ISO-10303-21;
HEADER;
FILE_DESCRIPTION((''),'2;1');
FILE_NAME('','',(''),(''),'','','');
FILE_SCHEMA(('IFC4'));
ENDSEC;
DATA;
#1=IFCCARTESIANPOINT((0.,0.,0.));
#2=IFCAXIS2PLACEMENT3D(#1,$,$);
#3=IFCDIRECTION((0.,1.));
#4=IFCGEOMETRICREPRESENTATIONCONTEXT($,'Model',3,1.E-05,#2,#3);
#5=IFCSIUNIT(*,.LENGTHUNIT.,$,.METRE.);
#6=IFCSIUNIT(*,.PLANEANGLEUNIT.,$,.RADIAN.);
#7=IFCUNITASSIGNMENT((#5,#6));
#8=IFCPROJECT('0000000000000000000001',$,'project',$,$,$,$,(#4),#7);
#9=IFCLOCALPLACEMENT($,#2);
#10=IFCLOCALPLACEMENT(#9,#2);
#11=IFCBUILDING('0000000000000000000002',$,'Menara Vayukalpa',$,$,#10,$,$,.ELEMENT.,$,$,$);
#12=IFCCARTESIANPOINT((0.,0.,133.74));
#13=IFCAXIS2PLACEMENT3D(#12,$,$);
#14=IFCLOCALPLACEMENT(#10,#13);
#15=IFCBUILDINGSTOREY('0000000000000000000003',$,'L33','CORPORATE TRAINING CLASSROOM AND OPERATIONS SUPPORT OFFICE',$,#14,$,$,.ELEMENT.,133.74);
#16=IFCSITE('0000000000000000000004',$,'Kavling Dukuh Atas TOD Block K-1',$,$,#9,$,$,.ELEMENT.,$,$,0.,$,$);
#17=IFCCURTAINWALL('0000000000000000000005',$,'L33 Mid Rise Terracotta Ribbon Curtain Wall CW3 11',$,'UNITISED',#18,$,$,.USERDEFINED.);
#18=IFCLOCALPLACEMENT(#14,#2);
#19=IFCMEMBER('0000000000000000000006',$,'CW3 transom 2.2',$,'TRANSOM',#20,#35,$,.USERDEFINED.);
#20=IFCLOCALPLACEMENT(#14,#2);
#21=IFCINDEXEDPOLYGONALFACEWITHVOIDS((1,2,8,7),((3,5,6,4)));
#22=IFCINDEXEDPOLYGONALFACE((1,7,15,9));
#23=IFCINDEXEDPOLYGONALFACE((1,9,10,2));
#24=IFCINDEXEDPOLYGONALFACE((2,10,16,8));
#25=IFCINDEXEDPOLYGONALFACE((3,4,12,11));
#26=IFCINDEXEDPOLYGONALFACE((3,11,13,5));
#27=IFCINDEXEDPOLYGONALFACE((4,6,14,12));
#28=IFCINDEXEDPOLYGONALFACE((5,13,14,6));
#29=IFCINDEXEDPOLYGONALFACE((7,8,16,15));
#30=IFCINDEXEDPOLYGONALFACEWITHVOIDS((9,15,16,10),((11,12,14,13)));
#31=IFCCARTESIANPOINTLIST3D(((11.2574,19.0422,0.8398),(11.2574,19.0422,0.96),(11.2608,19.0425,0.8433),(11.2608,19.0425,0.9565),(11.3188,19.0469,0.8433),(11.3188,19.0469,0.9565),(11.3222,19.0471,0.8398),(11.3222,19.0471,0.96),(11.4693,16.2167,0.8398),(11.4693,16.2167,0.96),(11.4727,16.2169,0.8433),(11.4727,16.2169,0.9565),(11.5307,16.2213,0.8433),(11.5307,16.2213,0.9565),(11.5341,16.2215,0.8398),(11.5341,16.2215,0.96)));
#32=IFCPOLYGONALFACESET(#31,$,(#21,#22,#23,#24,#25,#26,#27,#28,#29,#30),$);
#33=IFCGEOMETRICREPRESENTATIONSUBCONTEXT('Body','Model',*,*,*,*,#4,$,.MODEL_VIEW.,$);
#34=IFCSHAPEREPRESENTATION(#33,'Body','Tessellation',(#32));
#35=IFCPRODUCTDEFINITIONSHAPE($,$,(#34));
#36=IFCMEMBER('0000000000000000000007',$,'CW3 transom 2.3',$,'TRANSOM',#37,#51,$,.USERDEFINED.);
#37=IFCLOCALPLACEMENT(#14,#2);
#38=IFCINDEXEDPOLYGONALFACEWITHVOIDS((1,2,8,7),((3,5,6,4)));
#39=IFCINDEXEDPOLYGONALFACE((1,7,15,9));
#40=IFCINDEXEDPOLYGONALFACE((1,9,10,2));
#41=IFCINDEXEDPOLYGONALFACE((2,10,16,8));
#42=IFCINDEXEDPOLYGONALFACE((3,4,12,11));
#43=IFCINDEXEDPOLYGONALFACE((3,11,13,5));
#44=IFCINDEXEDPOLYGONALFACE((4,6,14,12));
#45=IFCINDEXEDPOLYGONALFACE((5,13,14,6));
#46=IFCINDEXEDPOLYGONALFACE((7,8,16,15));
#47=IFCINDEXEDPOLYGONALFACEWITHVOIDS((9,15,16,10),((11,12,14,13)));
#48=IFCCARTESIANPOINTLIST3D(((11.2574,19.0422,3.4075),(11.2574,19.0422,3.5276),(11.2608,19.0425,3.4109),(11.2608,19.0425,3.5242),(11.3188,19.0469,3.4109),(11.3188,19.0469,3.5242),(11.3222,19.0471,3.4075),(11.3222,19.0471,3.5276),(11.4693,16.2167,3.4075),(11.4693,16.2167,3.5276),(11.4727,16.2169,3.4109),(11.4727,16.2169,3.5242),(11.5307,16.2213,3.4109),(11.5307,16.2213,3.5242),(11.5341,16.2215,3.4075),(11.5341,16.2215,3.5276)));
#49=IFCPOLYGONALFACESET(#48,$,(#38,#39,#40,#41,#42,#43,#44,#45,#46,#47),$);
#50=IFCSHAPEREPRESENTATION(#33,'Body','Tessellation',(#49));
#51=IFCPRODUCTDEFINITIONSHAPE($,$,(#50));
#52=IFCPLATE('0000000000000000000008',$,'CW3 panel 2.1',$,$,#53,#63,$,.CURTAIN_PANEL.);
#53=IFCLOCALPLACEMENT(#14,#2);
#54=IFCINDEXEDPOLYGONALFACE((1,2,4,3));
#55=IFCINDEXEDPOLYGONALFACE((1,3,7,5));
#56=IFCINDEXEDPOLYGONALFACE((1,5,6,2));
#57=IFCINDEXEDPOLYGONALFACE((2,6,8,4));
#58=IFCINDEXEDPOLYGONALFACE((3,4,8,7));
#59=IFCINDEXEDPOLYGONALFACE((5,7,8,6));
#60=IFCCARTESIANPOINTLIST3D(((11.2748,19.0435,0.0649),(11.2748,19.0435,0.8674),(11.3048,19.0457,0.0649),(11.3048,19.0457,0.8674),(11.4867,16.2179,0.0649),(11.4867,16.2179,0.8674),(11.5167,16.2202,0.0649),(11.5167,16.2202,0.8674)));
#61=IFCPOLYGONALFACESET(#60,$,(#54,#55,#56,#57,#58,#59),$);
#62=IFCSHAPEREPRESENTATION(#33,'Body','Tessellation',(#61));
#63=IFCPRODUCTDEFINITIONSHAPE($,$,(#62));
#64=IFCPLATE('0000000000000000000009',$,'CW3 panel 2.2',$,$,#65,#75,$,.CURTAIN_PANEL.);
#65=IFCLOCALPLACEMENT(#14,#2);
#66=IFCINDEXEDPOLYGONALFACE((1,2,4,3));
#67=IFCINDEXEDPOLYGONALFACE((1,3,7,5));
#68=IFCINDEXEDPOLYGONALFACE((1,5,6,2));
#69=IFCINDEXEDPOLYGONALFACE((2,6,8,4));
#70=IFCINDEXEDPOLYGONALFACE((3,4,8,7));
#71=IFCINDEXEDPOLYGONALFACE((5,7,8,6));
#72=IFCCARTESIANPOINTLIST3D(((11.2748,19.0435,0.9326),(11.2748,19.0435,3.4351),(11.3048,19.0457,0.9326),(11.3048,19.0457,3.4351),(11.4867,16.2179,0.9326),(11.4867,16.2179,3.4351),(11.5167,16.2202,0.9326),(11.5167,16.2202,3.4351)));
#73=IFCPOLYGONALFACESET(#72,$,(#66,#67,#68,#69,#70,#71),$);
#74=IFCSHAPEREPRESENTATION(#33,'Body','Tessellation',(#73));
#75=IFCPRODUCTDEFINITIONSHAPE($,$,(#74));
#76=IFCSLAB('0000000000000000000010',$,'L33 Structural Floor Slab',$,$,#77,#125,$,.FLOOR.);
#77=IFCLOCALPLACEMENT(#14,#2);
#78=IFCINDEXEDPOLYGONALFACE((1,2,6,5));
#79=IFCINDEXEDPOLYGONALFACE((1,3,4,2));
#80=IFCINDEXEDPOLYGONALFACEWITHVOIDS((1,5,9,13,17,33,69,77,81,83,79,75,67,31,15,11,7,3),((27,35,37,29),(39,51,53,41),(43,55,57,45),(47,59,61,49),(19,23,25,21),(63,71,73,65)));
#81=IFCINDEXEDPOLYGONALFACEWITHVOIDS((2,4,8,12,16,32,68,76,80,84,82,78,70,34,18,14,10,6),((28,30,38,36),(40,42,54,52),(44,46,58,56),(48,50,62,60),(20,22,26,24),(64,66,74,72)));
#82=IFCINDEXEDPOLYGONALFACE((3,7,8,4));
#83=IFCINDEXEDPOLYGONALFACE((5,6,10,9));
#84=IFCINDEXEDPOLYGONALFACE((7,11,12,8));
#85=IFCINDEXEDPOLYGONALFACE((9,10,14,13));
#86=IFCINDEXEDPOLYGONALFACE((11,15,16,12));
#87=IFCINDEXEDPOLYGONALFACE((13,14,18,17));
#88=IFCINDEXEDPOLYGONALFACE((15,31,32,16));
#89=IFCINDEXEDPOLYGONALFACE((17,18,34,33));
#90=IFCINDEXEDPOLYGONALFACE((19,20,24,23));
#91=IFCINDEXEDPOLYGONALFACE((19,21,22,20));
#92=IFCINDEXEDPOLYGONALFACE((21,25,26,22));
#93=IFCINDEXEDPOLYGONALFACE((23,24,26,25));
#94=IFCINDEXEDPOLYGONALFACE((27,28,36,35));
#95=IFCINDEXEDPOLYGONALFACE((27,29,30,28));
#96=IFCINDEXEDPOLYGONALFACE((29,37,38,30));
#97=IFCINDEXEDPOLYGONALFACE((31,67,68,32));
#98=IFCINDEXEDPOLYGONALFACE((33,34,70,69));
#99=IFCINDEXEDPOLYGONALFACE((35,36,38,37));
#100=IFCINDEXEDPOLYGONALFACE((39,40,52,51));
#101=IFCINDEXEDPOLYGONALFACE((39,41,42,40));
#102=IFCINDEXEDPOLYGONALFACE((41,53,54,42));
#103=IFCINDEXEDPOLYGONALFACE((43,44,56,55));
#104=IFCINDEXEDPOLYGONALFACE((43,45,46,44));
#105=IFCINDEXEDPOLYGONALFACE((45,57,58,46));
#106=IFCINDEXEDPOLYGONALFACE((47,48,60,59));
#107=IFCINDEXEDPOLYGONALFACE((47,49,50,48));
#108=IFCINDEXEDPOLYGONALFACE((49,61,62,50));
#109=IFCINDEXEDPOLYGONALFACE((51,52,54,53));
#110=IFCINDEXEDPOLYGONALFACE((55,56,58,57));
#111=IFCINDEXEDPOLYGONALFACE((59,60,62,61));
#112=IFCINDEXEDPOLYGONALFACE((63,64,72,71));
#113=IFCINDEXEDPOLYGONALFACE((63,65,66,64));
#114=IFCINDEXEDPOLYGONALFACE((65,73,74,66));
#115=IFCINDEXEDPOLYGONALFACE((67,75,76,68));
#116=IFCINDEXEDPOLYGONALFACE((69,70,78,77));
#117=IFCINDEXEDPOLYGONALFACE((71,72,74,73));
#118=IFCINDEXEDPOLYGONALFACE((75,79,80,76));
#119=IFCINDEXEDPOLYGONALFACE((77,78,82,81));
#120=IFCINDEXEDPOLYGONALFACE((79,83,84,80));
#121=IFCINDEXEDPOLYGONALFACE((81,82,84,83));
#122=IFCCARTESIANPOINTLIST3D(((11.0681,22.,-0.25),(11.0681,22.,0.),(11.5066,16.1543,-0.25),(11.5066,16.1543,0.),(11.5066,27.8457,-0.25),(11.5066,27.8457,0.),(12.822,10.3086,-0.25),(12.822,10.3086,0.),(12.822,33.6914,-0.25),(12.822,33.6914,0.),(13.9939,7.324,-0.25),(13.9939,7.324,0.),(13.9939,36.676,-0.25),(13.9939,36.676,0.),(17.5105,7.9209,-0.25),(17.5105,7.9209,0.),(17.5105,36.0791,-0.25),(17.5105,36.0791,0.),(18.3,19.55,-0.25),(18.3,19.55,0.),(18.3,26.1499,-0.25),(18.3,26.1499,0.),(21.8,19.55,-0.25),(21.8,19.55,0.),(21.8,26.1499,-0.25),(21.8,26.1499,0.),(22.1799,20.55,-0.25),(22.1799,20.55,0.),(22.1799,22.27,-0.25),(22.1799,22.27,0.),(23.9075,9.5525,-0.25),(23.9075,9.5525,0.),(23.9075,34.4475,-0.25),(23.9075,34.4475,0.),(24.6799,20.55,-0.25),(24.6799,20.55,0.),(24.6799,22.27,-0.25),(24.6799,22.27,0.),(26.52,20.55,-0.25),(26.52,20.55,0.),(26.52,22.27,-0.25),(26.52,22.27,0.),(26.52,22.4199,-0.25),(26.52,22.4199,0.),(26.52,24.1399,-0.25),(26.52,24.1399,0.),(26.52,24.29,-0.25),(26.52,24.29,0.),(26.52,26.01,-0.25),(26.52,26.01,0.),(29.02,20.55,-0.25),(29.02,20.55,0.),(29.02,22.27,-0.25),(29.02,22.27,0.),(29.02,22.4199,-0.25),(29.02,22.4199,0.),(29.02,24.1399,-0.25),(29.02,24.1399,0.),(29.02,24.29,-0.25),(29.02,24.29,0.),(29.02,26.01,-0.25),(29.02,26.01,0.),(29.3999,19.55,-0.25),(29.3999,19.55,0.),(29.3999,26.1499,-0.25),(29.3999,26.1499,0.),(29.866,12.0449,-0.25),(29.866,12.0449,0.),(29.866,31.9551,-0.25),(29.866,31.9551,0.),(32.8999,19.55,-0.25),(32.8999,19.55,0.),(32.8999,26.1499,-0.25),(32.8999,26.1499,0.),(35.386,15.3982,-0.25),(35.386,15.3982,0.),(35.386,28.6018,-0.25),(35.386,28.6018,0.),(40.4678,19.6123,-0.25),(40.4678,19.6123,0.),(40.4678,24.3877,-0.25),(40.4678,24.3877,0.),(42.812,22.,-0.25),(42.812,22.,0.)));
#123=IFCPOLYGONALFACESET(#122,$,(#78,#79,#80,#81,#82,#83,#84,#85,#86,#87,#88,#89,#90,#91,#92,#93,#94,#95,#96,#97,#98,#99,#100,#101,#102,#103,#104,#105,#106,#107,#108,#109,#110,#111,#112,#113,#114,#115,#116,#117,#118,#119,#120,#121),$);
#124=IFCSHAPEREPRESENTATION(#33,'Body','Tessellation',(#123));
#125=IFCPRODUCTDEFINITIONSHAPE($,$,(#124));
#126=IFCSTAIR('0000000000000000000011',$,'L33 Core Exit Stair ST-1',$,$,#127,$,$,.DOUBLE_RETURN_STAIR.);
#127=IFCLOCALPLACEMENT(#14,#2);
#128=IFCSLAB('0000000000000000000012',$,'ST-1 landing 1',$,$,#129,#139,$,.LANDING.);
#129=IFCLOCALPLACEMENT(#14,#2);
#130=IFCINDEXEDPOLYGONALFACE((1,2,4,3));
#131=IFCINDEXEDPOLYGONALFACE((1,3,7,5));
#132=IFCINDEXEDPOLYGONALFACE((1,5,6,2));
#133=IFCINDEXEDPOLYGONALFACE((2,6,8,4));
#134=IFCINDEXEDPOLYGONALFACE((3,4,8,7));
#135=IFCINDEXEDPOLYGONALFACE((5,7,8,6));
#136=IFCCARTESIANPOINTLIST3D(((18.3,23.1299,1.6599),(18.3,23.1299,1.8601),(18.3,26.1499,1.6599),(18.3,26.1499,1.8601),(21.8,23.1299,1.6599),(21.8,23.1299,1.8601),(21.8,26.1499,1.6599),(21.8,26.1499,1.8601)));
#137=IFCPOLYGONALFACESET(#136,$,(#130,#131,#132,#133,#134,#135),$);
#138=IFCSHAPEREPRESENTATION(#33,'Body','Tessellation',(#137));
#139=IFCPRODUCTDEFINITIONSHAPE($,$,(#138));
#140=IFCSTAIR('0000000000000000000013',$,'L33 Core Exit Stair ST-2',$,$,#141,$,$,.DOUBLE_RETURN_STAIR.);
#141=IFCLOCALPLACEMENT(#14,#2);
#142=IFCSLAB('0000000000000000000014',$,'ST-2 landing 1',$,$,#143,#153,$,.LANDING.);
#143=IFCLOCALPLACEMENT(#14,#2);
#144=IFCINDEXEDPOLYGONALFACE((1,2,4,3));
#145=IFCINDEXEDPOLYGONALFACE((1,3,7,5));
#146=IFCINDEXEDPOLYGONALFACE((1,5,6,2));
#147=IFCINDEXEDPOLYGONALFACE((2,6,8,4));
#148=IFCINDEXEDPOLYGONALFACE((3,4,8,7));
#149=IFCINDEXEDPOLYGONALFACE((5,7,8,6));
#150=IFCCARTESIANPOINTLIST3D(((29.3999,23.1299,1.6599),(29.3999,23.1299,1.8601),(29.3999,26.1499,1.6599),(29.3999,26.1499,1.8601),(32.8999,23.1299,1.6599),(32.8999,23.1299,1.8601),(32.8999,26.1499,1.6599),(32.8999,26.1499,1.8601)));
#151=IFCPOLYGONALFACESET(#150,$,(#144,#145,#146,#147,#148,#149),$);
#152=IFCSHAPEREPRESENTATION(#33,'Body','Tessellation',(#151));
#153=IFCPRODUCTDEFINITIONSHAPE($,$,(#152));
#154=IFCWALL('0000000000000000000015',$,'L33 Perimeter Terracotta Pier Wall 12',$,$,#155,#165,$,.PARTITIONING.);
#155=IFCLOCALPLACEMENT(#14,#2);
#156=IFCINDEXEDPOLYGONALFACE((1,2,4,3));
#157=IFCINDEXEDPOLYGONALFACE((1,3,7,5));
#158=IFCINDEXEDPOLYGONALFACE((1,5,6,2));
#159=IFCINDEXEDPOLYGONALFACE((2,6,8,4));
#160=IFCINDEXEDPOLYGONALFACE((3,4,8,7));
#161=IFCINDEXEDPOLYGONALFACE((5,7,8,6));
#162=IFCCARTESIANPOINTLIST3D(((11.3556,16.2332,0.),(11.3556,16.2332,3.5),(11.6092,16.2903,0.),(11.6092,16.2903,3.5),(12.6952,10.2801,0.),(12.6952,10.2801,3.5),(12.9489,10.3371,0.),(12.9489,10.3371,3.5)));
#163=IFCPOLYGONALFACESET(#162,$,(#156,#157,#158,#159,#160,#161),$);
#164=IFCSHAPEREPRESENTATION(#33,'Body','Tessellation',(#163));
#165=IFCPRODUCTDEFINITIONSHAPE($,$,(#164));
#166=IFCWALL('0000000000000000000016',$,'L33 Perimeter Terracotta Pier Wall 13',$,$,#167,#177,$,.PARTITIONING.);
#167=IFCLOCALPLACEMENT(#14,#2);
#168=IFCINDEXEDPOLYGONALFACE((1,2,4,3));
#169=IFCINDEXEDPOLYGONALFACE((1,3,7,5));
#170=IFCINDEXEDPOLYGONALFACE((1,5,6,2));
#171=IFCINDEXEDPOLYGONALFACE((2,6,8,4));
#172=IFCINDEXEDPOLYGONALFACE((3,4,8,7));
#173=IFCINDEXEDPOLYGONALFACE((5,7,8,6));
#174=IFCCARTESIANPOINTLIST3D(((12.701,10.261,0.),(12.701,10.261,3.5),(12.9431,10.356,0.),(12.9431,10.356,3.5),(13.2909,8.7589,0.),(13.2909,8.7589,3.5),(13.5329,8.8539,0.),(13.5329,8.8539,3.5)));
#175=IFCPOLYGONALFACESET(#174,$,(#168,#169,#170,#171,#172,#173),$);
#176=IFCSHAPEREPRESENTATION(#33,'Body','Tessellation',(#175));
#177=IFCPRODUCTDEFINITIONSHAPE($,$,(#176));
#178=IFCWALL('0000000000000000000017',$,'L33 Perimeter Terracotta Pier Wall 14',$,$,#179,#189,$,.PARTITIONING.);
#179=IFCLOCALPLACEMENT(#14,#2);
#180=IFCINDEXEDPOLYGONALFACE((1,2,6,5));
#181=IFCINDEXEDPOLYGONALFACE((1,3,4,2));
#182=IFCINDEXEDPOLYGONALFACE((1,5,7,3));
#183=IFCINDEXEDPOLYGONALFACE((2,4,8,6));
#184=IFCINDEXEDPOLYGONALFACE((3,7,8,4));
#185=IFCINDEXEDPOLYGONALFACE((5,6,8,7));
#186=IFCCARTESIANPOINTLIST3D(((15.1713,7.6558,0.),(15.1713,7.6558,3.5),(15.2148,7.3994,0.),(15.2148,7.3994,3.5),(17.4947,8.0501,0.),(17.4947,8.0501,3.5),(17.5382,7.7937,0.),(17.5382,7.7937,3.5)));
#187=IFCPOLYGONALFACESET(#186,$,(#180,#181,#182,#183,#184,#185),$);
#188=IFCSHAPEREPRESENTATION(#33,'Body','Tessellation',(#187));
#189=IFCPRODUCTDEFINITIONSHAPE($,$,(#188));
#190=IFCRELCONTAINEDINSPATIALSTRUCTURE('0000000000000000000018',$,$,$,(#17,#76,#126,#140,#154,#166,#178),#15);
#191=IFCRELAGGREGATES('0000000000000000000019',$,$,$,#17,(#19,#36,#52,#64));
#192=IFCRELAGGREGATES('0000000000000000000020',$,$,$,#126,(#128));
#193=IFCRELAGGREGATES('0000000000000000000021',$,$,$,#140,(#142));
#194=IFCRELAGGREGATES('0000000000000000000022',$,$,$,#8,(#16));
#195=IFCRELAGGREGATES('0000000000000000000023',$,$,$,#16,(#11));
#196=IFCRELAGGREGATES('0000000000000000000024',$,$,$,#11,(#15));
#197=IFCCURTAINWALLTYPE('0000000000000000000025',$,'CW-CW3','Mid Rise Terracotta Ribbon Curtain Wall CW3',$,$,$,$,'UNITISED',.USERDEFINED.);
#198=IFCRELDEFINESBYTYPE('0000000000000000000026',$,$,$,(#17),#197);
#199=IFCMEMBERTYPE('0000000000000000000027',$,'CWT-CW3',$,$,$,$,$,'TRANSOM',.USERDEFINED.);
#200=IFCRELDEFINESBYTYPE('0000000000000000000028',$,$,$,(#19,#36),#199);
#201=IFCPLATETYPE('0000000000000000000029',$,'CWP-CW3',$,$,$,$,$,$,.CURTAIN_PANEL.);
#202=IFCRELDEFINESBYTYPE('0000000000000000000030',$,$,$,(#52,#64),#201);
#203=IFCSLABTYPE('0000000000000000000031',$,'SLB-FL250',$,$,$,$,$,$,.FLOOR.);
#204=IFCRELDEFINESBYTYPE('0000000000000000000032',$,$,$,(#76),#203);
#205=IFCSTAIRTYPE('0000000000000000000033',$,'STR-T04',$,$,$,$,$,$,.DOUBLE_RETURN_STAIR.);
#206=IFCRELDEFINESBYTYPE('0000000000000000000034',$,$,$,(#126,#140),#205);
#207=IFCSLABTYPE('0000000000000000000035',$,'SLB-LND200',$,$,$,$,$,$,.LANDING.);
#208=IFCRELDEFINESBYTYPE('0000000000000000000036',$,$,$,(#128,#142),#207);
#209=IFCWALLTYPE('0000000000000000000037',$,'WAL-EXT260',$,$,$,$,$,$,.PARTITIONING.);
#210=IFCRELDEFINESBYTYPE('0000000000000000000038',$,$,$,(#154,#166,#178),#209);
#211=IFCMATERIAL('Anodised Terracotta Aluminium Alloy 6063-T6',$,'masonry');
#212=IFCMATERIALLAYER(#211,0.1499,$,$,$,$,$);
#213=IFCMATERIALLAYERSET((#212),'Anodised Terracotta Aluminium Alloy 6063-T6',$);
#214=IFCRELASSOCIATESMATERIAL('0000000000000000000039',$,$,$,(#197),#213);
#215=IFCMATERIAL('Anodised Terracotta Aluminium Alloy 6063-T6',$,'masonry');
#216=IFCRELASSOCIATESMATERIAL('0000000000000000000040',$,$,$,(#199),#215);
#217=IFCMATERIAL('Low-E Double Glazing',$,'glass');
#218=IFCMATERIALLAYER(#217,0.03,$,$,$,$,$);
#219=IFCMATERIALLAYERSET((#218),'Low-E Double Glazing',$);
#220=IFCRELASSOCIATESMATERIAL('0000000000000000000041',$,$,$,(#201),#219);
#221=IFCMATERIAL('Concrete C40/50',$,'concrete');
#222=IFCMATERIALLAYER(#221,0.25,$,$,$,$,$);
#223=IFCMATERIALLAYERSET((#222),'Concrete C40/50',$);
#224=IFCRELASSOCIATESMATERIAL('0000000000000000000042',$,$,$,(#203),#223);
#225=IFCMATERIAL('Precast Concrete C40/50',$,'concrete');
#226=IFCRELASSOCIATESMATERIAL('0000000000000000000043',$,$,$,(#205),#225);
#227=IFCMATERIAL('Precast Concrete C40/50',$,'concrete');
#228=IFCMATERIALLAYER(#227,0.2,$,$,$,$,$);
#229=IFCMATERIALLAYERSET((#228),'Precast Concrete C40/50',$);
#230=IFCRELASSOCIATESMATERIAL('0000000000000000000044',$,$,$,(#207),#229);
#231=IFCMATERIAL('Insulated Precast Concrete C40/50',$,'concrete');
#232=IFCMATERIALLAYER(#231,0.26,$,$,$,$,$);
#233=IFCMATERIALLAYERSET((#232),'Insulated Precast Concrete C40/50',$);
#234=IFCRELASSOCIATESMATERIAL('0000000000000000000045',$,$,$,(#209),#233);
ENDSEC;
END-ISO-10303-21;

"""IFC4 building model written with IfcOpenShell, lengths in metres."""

from ifc_helpers import new_model, si_unit, direction, frame, frame_2d, origin, origin_2d, place, context, subcontext, project, spatial, polyline, rectangle, hollow_rectangle, outline, extrude, material, layer, layer_set, material_profile, profile_set, type_object, element, aggregate, save


model = new_model("IFC4")

# Units and contexts
model_context = context("Model", 3, precision=1e-05, world=origin(), true_north=direction((0.0, 1.0)))
body_context = subcontext(model_context, "Body", "Model", "MODEL_VIEW")
ifc_project = project(units=[si_unit("LENGTHUNIT", "METRE"), si_unit("PLANEANGLEUNIT", "RADIAN")], contexts=[model_context])

# Site, building, storey
site_placement = place(None, origin())
site = spatial("IfcSite", under=ifc_project, at=site_placement, Name="Kavling Dukuh Atas TOD Block K-1", CompositionType="ELEMENT", RefElevation=0.0)
building_placement = place(site_placement, origin())
building = spatial("IfcBuilding", under=site, at=building_placement, Name="Menara Vayukalpa", CompositionType="ELEMENT")
storey_placement = place(building_placement, frame((0.0, 0.0, 133.74)))
storey = spatial("IfcBuildingStorey", under=building, at=storey_placement, Name="L33", Description="CORPORATE TRAINING CLASSROOM AND OPERATIONS SUPPORT OFFICE", CompositionType="ELEMENT", Elevation=133.74)

# Curtain wall, members, plates
ifc_material_1 = material(Name="Anodised Terracotta Aluminium Alloy 6063-T6", Category="masonry")
ifc_layer_1 = layer(ifc_material_1, 0.1499)
ifc_layer_set_1 = layer_set([ifc_layer_1], Name="Anodised Terracotta Aluminium Alloy 6063-T6")
curtain_wall_type = type_object("IfcCurtainWallType", Name="CW-CW3", Description="Mid Rise Terracotta Ribbon Curtain Wall CW3", ElementType="UNITISED", PredefinedType="USERDEFINED", material=ifc_layer_set_1)
curtain_wall_placement = place(storey_placement, origin())
curtain_wall = element("IfcCurtainWall", 1, at=curtain_wall_placement, inside=storey, type_object=curtain_wall_type, Name="L33 Mid Rise Terracotta Ribbon Curtain Wall CW3 11", ObjectType="UNITISED", PredefinedType="USERDEFINED")
ifc_material_2 = material(Name="Anodised Terracotta Aluminium Alloy 6063-T6", Category="masonry")
ifc_material_profile_1 = material_profile(ifc_material_2, hollow_rectangle(XDim=0.0649, YDim=0.1201, WallThickness=0.0034, at=origin_2d()), Name="ALU 65x120x3.5")
ifc_profile_set_1 = profile_set([ifc_material_profile_1], Name="Anodised Terracotta Aluminium Alloy 6063-T6")
member_type_1 = type_object("IfcMemberType", Name="CWT-CW3", ElementType="TRANSOM", PredefinedType="USERDEFINED", material=ifc_profile_set_1)
member_1_placement = place(storey_placement, frame((11.2898, 19.0447, 0.8999), z_axis=(0.074792, -0.997199, 0.0), x_axis=(0.997199, 0.074792, 0.0)))
member_1 = element("IfcMember", 2, at=member_1_placement, type_object=member_type_1, Name="CW3 transom 2.2", ObjectType="TRANSOM", PredefinedType="USERDEFINED", context=body_context, shape_type="SweptSolid", body=[
    extrude(hollow_rectangle(XDim=0.0649, YDim=0.1201, WallThickness=0.0034, at=origin_2d()), origin(), (0.0, 0.0, 1.0), 2.8335),
])
member_2_placement = place(storey_placement, frame((11.2898, 19.0447, 3.4675), z_axis=(0.074792, -0.997199, 0.0), x_axis=(0.997199, 0.074792, 0.0)))
member_2 = element("IfcMember", 3, at=member_2_placement, type_object=member_type_1, Name="CW3 transom 2.3", ObjectType="TRANSOM", PredefinedType="USERDEFINED", context=body_context, shape_type="SweptSolid", body=[
    extrude(hollow_rectangle(XDim=0.0649, YDim=0.1201, WallThickness=0.0034, at=origin_2d()), origin(), (0.0, 0.0, 1.0), 2.8335),
])
ifc_material_3 = material(Name="Low-E Double Glazing", Category="glass")
ifc_layer_2 = layer(ifc_material_3, 0.03)
ifc_layer_set_2 = layer_set([ifc_layer_2], Name="Low-E Double Glazing")
plate_type = type_object("IfcPlateType", Name="CWP-CW3", PredefinedType="CURTAIN_PANEL", material=ifc_layer_set_2)
plate_1_placement = place(storey_placement, frame((11.3958, 17.6318, 0.0649), z_axis=(0.0, 0.0, 1.0), x_axis=(0.074785, -0.9972, 0.0)))
plate_1 = element("IfcPlate", 4, at=plate_1_placement, type_object=plate_type, Name="CW3 panel 2.1", PredefinedType="CURTAIN_PANEL", context=body_context, shape_type="SweptSolid", body=[
    extrude(rectangle(XDim=2.8335, YDim=0.03, at=origin_2d()), origin(), (0.0, 0.0, 1.0), 0.8025),
])
plate_2_placement = place(storey_placement, frame((11.3958, 17.6318, 0.9326), z_axis=(0.0, 0.0, 1.0), x_axis=(0.074785, -0.9972, 0.0)))
plate_2 = element("IfcPlate", 5, at=plate_2_placement, type_object=plate_type, Name="CW3 panel 2.2", PredefinedType="CURTAIN_PANEL", context=body_context, shape_type="SweptSolid", body=[
    extrude(rectangle(XDim=2.8335, YDim=0.03, at=origin_2d()), origin(), (0.0, 0.0, 1.0), 2.5024),
])
aggregate(curtain_wall, [member_1, member_2, plate_1, plate_2])

# Slab
ifc_material_4 = material(Name="Concrete C40/50", Category="concrete")
ifc_layer_3 = layer(ifc_material_4, 0.25)
ifc_layer_set_3 = layer_set([ifc_layer_3], Name="Concrete C40/50")
slab_type_1 = type_object("IfcSlabType", Name="SLB-FL250", PredefinedType="FLOOR", material=ifc_layer_set_3)
slab_1_placement = place(storey_placement, frame((0.0, 0.0, -0.25)))
element("IfcSlab", 6, at=slab_1_placement, inside=storey, type_object=slab_type_1, Name="L33 Structural Floor Slab", PredefinedType="FLOOR", context=body_context, shape_type="SweptSolid", body=[
    extrude(outline(polyline([(40.4678, 19.6123), (42.812, 22.0), (40.4678, 24.3877), (35.386, 28.6018), (29.866, 31.9551), (23.9075, 34.4475), (17.5105, 36.0791), (13.9939, 36.676), (12.822, 33.6914), (11.5066, 27.8457), (11.0681, 22.0), (11.5066, 16.1543), (12.822, 10.3086), (13.9939, 7.324), (17.5105, 7.9209), (23.9075, 9.5525), (29.866, 12.0449), (35.386, 15.3982), (40.4678, 19.6123)]), holes=[polyline([(21.8, 19.55), (21.8, 26.1499), (18.3, 26.1499), (18.3, 19.55), (21.8, 19.55)]), polyline([(32.8999, 19.55), (32.8999, 26.1499), (29.3999, 26.1499), (29.3999, 19.55), (32.8999, 19.55)]), polyline([(22.1799, 20.55), (24.6799, 20.55), (24.6799, 22.27), (22.1799, 22.27), (22.1799, 20.55)]), polyline([(26.52, 20.55), (29.02, 20.55), (29.02, 22.27), (26.52, 22.27), (26.52, 20.55)]), polyline([(26.52, 24.29), (29.02, 24.29), (29.02, 26.01), (26.52, 26.01), (26.52, 24.29)]), polyline([(26.52, 22.4199), (29.02, 22.4199), (29.02, 24.1399), (26.52, 24.1399), (26.52, 22.4199)])]), origin(), (0.0, 0.0, 1.0), 0.25),
])

# Stairs, slabs
ifc_material_5 = material(Name="Precast Concrete C40/50", Category="concrete")
stair_type = type_object("IfcStairType", Name="STR-T04", PredefinedType="DOUBLE_RETURN_STAIR", material=ifc_material_5)
stair_1_placement = place(storey_placement, origin())
stair_1 = element("IfcStair", 7, at=stair_1_placement, inside=storey, type_object=stair_type, Name="L33 Core Exit Stair ST-1", PredefinedType="DOUBLE_RETURN_STAIR")
ifc_material_6 = material(Name="Precast Concrete C40/50", Category="concrete")
ifc_layer_4 = layer(ifc_material_6, 0.2)
ifc_layer_set_4 = layer_set([ifc_layer_4], Name="Precast Concrete C40/50")
slab_type_2 = type_object("IfcSlabType", Name="SLB-LND200", PredefinedType="LANDING", material=ifc_layer_set_4)
slab_2_placement = place(storey_placement, frame((0.0, 0.0, 1.6599)))
slab_2 = element("IfcSlab", 8, at=slab_2_placement, type_object=slab_type_2, Name="ST-1 landing 1", PredefinedType="LANDING", context=body_context, shape_type="SweptSolid", body=[
    extrude(outline(polyline([(21.8, 23.1299), (21.8, 26.1499), (18.3, 26.1499), (18.3, 23.1299), (21.8, 23.1299)])), origin(), (0.0, 0.0, 1.0), 0.2002),
])
aggregate(stair_1, [slab_2])
stair_2_placement = place(storey_placement, origin())
stair_2 = element("IfcStair", 9, at=stair_2_placement, inside=storey, type_object=stair_type, Name="L33 Core Exit Stair ST-2", PredefinedType="DOUBLE_RETURN_STAIR")
slab_3_placement = place(storey_placement, frame((0.0, 0.0, 1.6599)))
slab_3 = element("IfcSlab", 10, at=slab_3_placement, type_object=slab_type_2, Name="ST-2 landing 1", PredefinedType="LANDING", context=body_context, shape_type="SweptSolid", body=[
    extrude(outline(polyline([(32.8999, 23.1299), (32.8999, 26.1499), (29.3999, 26.1499), (29.3999, 23.1299), (32.8999, 23.1299)])), origin(), (0.0, 0.0, 1.0), 0.2002),
])
aggregate(stair_2, [slab_3])

# Walls
ifc_material_7 = material(Name="Insulated Precast Concrete C40/50", Category="concrete")
ifc_layer_5 = layer(ifc_material_7, 0.26)
ifc_layer_set_5 = layer_set([ifc_layer_5], Name="Insulated Precast Concrete C40/50")
wall_type = type_object("IfcWallType", Name="WAL-EXT260", PredefinedType="PARTITIONING", material=ifc_layer_set_5)
wall_1_placement = place(storey_placement, frame((12.822, 10.3086, 0.0), z_axis=(0.0, 0.0, 1.0), x_axis=(-0.219535, 0.975605, 0.0)))
element("IfcWall", 11, at=wall_1_placement, inside=storey, type_object=wall_type, Name="L33 Perimeter Terracotta Pier Wall 12", PredefinedType="PARTITIONING", context=body_context, shape_type="SweptSolid", body=[
    extrude(rectangle(XDim=6.1021, YDim=0.26, at=frame_2d((3.051, 0.0))), origin(), (0.0, 0.0, 1.0), 3.5),
])
wall_2_placement = place(storey_placement, frame((13.4119, 8.8064, 0.0), z_axis=(0.0, 0.0, 1.0), x_axis=(-0.365489, 0.930816, 0.0)))
element("IfcWall", 12, at=wall_2_placement, inside=storey, type_object=wall_type, Name="L33 Perimeter Terracotta Pier Wall 13", PredefinedType="PARTITIONING", context=body_context, shape_type="SweptSolid", body=[
    extrude(rectangle(XDim=1.6138, YDim=0.26, at=frame_2d((0.8069, 0.0))), origin(), (0.0, 0.0, 1.0), 3.5),
])
wall_3_placement = place(storey_placement, frame((17.5164, 7.9219, 0.0), z_axis=(0.0, 0.0, 1.0), x_axis=(-0.985905, -0.167305, 0.0)))
element("IfcWall", 13, at=wall_3_placement, inside=storey, type_object=wall_type, Name="L33 Perimeter Terracotta Pier Wall 14", PredefinedType="PARTITIONING", context=body_context, shape_type="SweptSolid", body=[
    extrude(rectangle(XDim=2.3567, YDim=0.26, at=frame_2d((1.1782, 0.0))), origin(), (0.0, 0.0, 1.0), 3.5),
])

save(model, "model.ifc")
